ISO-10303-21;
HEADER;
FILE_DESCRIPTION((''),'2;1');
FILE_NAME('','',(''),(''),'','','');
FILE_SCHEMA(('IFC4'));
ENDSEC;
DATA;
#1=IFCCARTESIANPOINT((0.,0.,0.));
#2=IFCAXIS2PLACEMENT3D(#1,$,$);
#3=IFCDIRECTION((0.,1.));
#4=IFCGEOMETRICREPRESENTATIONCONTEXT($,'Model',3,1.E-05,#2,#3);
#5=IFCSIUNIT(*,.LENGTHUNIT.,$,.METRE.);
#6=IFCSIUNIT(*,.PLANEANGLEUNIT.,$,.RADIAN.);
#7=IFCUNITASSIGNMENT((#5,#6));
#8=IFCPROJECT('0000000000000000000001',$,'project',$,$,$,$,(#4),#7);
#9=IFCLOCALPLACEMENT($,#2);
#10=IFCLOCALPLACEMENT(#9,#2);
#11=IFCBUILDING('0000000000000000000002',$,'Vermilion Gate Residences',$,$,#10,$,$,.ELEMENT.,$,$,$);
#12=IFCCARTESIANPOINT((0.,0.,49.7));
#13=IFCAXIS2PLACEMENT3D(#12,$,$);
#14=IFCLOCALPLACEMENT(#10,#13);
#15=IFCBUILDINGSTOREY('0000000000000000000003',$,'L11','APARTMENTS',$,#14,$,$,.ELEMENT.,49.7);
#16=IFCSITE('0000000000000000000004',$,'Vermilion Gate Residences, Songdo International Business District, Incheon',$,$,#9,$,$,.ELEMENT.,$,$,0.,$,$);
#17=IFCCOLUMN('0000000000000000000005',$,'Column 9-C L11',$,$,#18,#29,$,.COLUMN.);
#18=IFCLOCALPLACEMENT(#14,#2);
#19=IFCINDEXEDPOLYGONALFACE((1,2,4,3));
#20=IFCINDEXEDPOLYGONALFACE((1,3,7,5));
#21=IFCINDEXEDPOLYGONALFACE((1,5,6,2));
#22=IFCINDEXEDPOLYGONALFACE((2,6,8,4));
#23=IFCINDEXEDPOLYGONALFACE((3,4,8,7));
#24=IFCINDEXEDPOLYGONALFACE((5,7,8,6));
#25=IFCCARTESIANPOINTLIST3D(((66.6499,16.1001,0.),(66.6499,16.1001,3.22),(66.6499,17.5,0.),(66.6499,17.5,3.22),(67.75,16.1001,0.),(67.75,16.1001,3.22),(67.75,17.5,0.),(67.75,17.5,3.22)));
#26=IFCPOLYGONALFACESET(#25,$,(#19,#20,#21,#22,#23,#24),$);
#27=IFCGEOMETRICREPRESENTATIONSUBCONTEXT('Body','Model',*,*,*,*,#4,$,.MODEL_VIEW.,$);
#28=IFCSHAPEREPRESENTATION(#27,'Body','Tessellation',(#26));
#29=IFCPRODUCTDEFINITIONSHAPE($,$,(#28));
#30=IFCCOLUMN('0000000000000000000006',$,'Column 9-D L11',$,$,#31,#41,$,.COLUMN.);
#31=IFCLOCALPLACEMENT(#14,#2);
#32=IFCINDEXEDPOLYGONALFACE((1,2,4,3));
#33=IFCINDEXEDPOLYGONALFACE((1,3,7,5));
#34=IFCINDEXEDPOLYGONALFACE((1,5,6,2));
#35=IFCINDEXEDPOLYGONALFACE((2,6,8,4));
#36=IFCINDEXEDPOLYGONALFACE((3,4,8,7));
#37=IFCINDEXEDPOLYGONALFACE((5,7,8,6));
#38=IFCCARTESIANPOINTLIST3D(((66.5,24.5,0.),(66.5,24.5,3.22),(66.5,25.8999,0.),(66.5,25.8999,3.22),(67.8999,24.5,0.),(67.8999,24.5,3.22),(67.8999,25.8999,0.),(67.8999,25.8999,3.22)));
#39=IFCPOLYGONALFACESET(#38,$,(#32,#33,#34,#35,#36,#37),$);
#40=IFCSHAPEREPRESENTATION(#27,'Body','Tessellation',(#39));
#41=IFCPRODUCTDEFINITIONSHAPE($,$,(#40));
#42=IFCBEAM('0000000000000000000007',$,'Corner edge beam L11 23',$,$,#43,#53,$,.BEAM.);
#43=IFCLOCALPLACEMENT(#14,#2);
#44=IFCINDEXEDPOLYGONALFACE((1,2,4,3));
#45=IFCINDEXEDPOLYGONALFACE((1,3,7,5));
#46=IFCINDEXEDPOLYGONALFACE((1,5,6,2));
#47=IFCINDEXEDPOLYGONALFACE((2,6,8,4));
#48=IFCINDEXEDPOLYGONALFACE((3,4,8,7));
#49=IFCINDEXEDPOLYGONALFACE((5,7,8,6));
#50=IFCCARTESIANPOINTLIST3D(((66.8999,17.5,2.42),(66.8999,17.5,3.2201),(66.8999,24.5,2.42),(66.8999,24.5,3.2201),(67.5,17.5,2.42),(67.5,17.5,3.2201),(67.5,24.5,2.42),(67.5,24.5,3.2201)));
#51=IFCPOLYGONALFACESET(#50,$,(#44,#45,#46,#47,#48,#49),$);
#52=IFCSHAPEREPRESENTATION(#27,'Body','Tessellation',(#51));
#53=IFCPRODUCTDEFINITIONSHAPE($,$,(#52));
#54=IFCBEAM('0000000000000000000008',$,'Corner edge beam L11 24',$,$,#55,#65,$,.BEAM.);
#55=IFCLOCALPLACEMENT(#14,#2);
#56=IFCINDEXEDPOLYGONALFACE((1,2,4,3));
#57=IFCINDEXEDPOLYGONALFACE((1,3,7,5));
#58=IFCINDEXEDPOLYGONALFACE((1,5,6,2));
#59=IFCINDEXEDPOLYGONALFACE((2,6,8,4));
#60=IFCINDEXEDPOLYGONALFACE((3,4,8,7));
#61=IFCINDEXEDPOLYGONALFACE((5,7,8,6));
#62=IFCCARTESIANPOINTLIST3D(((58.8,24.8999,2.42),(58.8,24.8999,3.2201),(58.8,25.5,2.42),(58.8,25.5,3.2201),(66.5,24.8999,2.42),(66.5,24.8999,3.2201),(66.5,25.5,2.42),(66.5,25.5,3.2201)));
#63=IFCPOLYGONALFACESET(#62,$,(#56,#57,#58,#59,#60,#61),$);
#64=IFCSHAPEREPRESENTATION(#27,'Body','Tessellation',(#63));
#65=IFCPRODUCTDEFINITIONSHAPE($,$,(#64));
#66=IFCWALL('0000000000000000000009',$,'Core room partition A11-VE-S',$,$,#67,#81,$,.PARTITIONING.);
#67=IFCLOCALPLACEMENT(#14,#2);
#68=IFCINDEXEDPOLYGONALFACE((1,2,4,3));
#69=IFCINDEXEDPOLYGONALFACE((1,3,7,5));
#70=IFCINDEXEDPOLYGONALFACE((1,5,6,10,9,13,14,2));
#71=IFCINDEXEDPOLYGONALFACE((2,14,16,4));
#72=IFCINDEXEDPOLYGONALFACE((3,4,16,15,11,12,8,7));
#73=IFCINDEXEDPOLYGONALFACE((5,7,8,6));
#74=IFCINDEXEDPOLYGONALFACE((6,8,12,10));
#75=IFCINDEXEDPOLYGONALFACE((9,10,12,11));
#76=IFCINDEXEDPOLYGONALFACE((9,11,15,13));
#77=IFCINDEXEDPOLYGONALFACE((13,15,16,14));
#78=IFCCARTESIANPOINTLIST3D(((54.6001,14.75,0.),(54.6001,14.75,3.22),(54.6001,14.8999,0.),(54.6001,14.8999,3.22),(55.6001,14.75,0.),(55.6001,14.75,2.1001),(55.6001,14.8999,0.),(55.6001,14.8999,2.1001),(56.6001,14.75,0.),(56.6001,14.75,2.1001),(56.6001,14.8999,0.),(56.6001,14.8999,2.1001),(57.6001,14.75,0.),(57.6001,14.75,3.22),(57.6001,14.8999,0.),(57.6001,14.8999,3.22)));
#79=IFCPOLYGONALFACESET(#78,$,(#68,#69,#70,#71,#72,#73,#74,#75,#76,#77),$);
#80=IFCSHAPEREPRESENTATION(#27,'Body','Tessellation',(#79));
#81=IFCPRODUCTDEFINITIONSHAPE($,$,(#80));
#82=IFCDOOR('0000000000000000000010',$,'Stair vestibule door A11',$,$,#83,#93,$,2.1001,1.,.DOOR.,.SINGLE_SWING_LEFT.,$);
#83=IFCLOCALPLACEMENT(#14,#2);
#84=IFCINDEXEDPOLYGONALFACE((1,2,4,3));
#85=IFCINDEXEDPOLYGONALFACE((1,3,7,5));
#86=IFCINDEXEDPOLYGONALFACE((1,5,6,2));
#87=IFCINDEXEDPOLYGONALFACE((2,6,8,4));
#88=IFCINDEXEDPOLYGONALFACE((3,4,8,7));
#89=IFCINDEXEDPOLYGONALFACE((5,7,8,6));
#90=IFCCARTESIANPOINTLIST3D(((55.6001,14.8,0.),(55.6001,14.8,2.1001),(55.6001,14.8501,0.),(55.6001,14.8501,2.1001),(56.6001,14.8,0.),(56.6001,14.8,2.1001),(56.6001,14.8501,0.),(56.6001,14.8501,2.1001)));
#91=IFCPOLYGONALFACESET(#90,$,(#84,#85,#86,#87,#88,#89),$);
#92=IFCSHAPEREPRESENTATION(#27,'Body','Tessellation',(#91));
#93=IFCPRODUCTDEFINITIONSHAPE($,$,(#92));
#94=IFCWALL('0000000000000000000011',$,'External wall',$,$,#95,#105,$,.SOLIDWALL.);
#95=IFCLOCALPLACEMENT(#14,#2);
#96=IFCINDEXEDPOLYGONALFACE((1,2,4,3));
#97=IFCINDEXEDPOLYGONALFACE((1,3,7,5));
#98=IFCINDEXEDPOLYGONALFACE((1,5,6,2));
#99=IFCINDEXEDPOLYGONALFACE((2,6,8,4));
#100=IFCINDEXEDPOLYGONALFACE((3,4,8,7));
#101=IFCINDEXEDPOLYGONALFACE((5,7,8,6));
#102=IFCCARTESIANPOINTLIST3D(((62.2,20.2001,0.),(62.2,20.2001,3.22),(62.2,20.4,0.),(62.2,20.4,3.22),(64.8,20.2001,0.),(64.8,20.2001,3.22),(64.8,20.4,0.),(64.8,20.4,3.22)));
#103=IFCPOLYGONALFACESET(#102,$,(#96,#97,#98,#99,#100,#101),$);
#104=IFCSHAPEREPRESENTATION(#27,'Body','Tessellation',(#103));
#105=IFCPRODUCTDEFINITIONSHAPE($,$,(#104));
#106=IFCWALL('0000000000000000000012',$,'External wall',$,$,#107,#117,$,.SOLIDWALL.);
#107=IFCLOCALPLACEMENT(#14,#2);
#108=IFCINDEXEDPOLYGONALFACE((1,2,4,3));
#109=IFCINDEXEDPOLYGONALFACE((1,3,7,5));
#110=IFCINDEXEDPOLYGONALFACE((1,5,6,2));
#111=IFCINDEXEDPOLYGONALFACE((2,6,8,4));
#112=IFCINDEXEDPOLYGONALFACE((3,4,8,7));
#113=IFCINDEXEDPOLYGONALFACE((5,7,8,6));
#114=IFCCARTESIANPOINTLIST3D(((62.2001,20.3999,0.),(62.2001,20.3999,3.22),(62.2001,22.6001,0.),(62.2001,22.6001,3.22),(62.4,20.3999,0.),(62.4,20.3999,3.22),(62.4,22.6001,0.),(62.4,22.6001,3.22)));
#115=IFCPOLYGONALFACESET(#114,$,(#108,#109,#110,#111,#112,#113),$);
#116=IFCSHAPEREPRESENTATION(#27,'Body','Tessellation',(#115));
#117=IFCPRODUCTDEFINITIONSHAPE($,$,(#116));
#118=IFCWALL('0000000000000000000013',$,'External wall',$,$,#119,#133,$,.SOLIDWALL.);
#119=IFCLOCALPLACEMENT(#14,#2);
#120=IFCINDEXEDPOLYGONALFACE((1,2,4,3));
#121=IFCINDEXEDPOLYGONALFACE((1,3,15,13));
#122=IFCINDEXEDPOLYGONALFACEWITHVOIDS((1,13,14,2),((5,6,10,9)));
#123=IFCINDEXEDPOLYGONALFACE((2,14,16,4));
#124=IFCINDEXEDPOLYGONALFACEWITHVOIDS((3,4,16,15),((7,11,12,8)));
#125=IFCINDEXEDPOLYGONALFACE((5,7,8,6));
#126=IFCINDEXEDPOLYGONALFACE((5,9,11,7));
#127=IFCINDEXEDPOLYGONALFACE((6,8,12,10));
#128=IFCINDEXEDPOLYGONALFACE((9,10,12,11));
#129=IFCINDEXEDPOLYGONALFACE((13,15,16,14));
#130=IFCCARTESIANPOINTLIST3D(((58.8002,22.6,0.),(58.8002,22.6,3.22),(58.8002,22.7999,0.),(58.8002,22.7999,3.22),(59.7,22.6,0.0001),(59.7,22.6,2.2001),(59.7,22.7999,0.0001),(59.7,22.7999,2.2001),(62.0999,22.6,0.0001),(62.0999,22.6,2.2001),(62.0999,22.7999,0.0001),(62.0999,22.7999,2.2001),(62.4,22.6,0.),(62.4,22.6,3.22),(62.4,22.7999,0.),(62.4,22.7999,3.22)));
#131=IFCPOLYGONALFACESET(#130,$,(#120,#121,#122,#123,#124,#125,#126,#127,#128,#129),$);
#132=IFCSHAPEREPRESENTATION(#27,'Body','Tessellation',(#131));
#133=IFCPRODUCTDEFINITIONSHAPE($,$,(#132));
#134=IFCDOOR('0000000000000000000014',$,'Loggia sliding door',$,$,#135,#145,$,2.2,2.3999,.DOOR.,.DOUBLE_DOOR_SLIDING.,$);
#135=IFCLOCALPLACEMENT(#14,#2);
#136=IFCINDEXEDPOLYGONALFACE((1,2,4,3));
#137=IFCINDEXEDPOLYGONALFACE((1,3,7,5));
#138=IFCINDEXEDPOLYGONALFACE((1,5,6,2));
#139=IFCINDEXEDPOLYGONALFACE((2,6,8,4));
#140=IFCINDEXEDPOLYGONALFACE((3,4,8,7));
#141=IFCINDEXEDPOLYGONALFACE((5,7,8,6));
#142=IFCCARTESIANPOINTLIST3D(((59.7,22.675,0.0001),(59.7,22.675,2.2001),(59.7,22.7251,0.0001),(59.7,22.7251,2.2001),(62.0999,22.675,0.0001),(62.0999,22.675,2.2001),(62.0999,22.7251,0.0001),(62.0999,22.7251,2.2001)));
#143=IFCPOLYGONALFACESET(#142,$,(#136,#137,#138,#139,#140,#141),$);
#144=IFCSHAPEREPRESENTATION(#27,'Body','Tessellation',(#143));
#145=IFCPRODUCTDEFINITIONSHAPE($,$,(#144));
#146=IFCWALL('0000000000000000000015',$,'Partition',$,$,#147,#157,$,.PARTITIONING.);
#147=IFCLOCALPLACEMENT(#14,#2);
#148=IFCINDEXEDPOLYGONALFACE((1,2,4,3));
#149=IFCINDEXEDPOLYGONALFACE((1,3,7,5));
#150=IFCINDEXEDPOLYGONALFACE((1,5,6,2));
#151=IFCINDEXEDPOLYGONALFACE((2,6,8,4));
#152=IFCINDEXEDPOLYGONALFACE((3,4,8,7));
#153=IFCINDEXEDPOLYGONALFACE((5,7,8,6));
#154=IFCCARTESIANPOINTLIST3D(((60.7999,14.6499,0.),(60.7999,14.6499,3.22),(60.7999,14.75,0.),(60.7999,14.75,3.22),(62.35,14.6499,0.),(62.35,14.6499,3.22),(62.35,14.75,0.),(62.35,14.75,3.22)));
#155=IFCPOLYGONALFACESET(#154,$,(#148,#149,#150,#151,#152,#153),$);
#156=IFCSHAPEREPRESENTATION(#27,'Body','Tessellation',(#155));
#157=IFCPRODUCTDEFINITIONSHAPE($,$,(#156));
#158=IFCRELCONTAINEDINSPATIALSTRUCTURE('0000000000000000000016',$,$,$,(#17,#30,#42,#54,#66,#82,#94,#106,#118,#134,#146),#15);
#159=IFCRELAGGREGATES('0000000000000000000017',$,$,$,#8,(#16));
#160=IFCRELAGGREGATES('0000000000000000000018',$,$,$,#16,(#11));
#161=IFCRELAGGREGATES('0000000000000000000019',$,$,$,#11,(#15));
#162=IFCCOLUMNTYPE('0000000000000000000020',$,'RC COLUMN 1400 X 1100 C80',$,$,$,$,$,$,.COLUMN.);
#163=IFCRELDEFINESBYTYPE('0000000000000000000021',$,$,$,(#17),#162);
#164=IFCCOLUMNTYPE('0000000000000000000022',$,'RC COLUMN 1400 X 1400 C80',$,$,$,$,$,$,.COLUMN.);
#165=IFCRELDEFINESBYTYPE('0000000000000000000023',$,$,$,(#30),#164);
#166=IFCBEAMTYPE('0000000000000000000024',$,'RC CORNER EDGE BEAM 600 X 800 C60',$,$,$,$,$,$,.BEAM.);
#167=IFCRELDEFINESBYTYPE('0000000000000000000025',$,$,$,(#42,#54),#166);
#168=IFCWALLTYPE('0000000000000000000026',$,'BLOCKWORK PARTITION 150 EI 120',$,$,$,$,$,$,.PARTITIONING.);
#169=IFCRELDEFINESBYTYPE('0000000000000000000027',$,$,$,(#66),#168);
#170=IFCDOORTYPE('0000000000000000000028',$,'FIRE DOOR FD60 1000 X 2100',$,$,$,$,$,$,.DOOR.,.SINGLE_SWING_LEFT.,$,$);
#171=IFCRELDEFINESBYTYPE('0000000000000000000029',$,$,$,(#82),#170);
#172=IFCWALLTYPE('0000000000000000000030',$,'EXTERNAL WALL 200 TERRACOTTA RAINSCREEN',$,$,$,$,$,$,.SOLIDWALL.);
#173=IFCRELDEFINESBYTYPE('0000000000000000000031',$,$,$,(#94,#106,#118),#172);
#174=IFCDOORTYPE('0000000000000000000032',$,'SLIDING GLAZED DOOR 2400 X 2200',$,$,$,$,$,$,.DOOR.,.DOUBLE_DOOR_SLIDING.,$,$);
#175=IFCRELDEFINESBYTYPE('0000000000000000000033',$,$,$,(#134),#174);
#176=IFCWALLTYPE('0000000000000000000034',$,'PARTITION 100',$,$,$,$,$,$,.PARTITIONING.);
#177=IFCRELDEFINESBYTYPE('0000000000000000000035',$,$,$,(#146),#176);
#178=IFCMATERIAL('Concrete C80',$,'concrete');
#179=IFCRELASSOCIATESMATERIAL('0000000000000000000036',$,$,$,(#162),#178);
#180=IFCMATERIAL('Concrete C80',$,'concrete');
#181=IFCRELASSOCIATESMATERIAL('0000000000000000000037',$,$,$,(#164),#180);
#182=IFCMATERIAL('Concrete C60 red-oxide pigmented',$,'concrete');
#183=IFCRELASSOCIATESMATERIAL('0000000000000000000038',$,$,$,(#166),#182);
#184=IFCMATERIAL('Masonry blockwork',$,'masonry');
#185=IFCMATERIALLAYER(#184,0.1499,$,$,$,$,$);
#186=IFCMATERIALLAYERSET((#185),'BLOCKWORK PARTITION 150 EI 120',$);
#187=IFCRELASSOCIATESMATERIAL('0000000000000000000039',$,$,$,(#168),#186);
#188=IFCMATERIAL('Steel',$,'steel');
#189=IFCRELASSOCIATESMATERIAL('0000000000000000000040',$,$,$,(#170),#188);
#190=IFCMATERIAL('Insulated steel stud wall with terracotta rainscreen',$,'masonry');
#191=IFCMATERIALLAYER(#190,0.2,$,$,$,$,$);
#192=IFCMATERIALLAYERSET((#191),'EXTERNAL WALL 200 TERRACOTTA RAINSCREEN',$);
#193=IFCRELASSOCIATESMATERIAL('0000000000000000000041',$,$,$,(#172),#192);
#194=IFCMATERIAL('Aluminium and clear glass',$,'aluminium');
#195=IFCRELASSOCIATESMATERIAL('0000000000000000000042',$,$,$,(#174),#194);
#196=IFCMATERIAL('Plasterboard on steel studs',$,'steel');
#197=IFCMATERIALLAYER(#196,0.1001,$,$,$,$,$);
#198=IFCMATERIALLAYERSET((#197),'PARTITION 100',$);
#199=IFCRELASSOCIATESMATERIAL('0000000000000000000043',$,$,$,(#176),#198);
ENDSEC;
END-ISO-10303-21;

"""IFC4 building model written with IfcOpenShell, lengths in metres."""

from ifc_helpers import new_model, si_unit, direction, frame, frame_2d, origin, origin_2d, place, context, subcontext, project, spatial, rectangle, extrude, material, layer, layer_set, material_profile, profile_set, type_object, element, fill, save


model = new_model("IFC4")

# Units and contexts
model_context = context("Model", 3, precision=1e-05, world=origin(), true_north=direction((0.0, 1.0)))
body_context = subcontext(model_context, "Body", "Model", "MODEL_VIEW")
ifc_project = project(units=[si_unit("LENGTHUNIT", "METRE"), si_unit("PLANEANGLEUNIT", "RADIAN")], contexts=[model_context])

# Site, building, storey
site_placement = place(None, origin())
site = spatial("IfcSite", under=ifc_project, at=site_placement, Name="Vermilion Gate Residences, Songdo International Business District, Incheon", CompositionType="ELEMENT", RefElevation=0.0)
building_placement = place(site_placement, origin())
building = spatial("IfcBuilding", under=site, at=building_placement, Name="Vermilion Gate Residences", CompositionType="ELEMENT")
storey_placement = place(building_placement, frame((0.0, 0.0, 49.7)))
storey = spatial("IfcBuildingStorey", under=building, at=storey_placement, Name="L11", Description="APARTMENTS", CompositionType="ELEMENT", Elevation=49.7)

# Columns
ifc_material_1 = material(Name="Concrete C80", Category="concrete")
ifc_material_profile_1 = material_profile(ifc_material_1, rectangle(XDim=1.3999, YDim=1.1001, at=origin_2d()), Name="RC-1400x1100")
ifc_profile_set_1 = profile_set([ifc_material_profile_1], Name="Concrete C80")
column_type_1 = type_object("IfcColumnType", Name="RC COLUMN 1400 X 1100 C80", PredefinedType="COLUMN", material=ifc_profile_set_1)
column_1_placement = place(storey_placement, frame((67.2, 16.8, 0.0), z_axis=(0.0, 0.0, 1.0), x_axis=(0.0, 1.0, 0.0)))
element("IfcColumn", 1, at=column_1_placement, inside=storey, type_object=column_type_1, Name="Column 9-C L11", PredefinedType="COLUMN", context=body_context, shape_type="SweptSolid", body=[
    extrude(rectangle(XDim=1.3999, YDim=1.1001, at=origin_2d()), origin(), (0.0, 0.0, 1.0), 3.22),
])
ifc_material_2 = material(Name="Concrete C80", Category="concrete")
ifc_material_profile_2 = material_profile(ifc_material_2, rectangle(XDim=1.3999, YDim=1.3999, at=origin_2d()), Name="RC-1400x1400")
ifc_profile_set_2 = profile_set([ifc_material_profile_2], Name="Concrete C80")
column_type_2 = type_object("IfcColumnType", Name="RC COLUMN 1400 X 1400 C80", PredefinedType="COLUMN", material=ifc_profile_set_2)
column_2_placement = place(storey_placement, frame((67.2, 25.2, 0.0), z_axis=(0.0, 0.0, 1.0), x_axis=(1.0, 0.0, 0.0)))
element("IfcColumn", 2, at=column_2_placement, inside=storey, type_object=column_type_2, Name="Column 9-D L11", PredefinedType="COLUMN", context=body_context, shape_type="SweptSolid", body=[
    extrude(rectangle(XDim=1.3999, YDim=1.3999, at=origin_2d()), origin(), (0.0, 0.0, 1.0), 3.22),
])

# Beams
ifc_material_3 = material(Name="Concrete C60 red-oxide pigmented", Category="concrete")
ifc_material_profile_3 = material_profile(ifc_material_3, rectangle(XDim=0.6001, YDim=0.8, at=origin_2d()), Name="RC-600x800")
ifc_profile_set_3 = profile_set([ifc_material_profile_3], Name="Concrete C60 red-oxide pigmented")
beam_type = type_object("IfcBeamType", Name="RC CORNER EDGE BEAM 600 X 800 C60", PredefinedType="BEAM", material=ifc_profile_set_3)
beam_1_placement = place(storey_placement, frame((67.2, 17.5, 2.8201), z_axis=(0.0, 1.0, 0.0), x_axis=(-1.0, 0.0, 0.0)))
element("IfcBeam", 3, at=beam_1_placement, inside=storey, type_object=beam_type, Name="Corner edge beam L11 23", PredefinedType="BEAM", context=body_context, shape_type="SweptSolid", body=[
    extrude(rectangle(XDim=0.6001, YDim=0.8, at=origin_2d()), origin(), (0.0, 0.0, 1.0), 7.0),
])
beam_2_placement = place(storey_placement, frame((58.8, 25.2, 2.8201), z_axis=(1.0, 0.0, 0.0), x_axis=(0.0, 1.0, 0.0)))
element("IfcBeam", 4, at=beam_2_placement, inside=storey, type_object=beam_type, Name="Corner edge beam L11 24", PredefinedType="BEAM", context=body_context, shape_type="SweptSolid", body=[
    extrude(rectangle(XDim=0.6001, YDim=0.8, at=origin_2d()), origin(), (0.0, 0.0, 1.0), 7.7),
])

# Wall, opening, door
ifc_material_4 = material(Name="Masonry blockwork", Category="masonry")
ifc_layer_1 = layer(ifc_material_4, 0.1499)
ifc_layer_set_1 = layer_set([ifc_layer_1], Name="BLOCKWORK PARTITION 150 EI 120")
wall_type_1 = type_object("IfcWallType", Name="BLOCKWORK PARTITION 150 EI 120", PredefinedType="PARTITIONING", material=ifc_layer_set_1)
wall_1_placement = place(storey_placement, frame((54.6001, 14.825, 0.0), z_axis=(0.0, 0.0, 1.0), x_axis=(1.0, 0.0, 0.0)))
wall_1 = element("IfcWall", 5, at=wall_1_placement, inside=storey, type_object=wall_type_1, Name="Core room partition A11-VE-S", PredefinedType="PARTITIONING", context=body_context, shape_type="SweptSolid", body=[
    extrude(rectangle(XDim=3.0, YDim=0.1499, at=frame_2d((1.5, 0.0))), origin(), (0.0, 0.0, 1.0), 3.22),
])
opening_1_placement = place(wall_1_placement, frame((1.0, 0.0, 0.0)))
opening_1 = element("IfcOpeningElement", 6, at=opening_1_placement, cuts=wall_1, PredefinedType="OPENING", context=body_context, shape_type="SweptSolid", body=[
    extrude(rectangle(XDim=1.0, YDim=2.1001, at=frame_2d((0.5, 1.05))), frame((0.0, 0.085, 0.0), z_axis=(0.0, -1.0, 0.0), x_axis=(1.0, 0.0, 0.0)), (0.0, 0.0, 1.0), 0.1699),
])
ifc_material_5 = material(Name="Steel", Category="steel")
door_type_1 = type_object("IfcDoorType", Name="FIRE DOOR FD60 1000 X 2100", OperationType="SINGLE_SWING_LEFT", PredefinedType="DOOR", material=ifc_material_5)
door_1_placement = place(opening_1_placement, frame((1.0, 0.0, 0.0), z_axis=(0.0, 0.0, 1.0), x_axis=(-1.0, 0.0, 0.0)))
door_1 = element("IfcDoor", 7, at=door_1_placement, inside=storey, type_object=door_type_1, Name="Stair vestibule door A11", OperationType="SINGLE_SWING_LEFT", OverallHeight=2.1001, OverallWidth=1.0, PredefinedType="DOOR", context=body_context, shape_type="SweptSolid", body=[
    extrude(rectangle(XDim=1.0, YDim=2.1001, at=frame_2d((0.5, 1.05))), frame((0.0, 0.0249, 0.0), z_axis=(0.0, -1.0, 0.0), x_axis=(1.0, 0.0, 0.0)), (0.0, 0.0, 1.0), 0.05),
])
fill(opening_1, door_1)

# Walls
ifc_material_6 = material(Name="Insulated steel stud wall with terracotta rainscreen", Category="masonry")
ifc_layer_2 = layer(ifc_material_6, 0.2)
ifc_layer_set_2 = layer_set([ifc_layer_2], Name="EXTERNAL WALL 200 TERRACOTTA RAINSCREEN")
wall_type_2 = type_object("IfcWallType", Name="EXTERNAL WALL 200 TERRACOTTA RAINSCREEN", PredefinedType="SOLIDWALL", material=ifc_layer_set_2)
wall_2_placement = place(storey_placement, frame((64.8, 20.3, 0.0), z_axis=(0.0, 0.0, 1.0), x_axis=(-1.0, 0.0, 0.0)))
element("IfcWall", 8, at=wall_2_placement, inside=storey, type_object=wall_type_2, Name="External wall", PredefinedType="SOLIDWALL", context=body_context, shape_type="SweptSolid", body=[
    extrude(rectangle(XDim=2.6001, YDim=0.2, at=frame_2d((1.3, 0.0))), origin(), (0.0, 0.0, 1.0), 3.22),
])
wall_3_placement = place(storey_placement, frame((62.3, 20.3999, 0.0), z_axis=(0.0, 0.0, 1.0), x_axis=(0.0, 1.0, 0.0)))
element("IfcWall", 9, at=wall_3_placement, inside=storey, type_object=wall_type_2, Name="External wall", PredefinedType="SOLIDWALL", context=body_context, shape_type="SweptSolid", body=[
    extrude(rectangle(XDim=2.2002, YDim=0.2, at=frame_2d((1.1001, 0.0))), origin(), (0.0, 0.0, 1.0), 3.22),
])

# Wall, opening, door
wall_4_placement = place(storey_placement, frame((62.3999, 22.7, 0.0), z_axis=(0.0, 0.0, 1.0), x_axis=(-1.0, 0.0, 0.0)))
wall_4 = element("IfcWall", 10, at=wall_4_placement, inside=storey, type_object=wall_type_2, Name="External wall", PredefinedType="SOLIDWALL", context=body_context, shape_type="SweptSolid", body=[
    extrude(rectangle(XDim=3.5999, YDim=0.2, at=frame_2d((1.7998, 0.0))), origin(), (0.0, 0.0, 1.0), 3.22),
])
opening_2_placement = place(wall_4_placement, frame((0.3, 0.0, 0.0)))
opening_2 = element("IfcOpeningElement", 11, at=opening_2_placement, cuts=wall_4, PredefinedType="OPENING", context=body_context, shape_type="SweptSolid", body=[
    extrude(rectangle(XDim=2.3999, YDim=2.2, at=frame_2d((1.2, 1.1001))), frame((0.0, 0.1099, 0.0), z_axis=(0.0, -1.0, 0.0), x_axis=(1.0, 0.0, 0.0)), (0.0, 0.0, 1.0), 0.22),
])
ifc_material_7 = material(Name="Aluminium and clear glass", Category="aluminium")
door_type_2 = type_object("IfcDoorType", Name="SLIDING GLAZED DOOR 2400 X 2200", OperationType="DOUBLE_DOOR_SLIDING", PredefinedType="DOOR", material=ifc_material_7)
door_2_placement = place(opening_2_placement, origin())
door_2 = element("IfcDoor", 12, at=door_2_placement, inside=storey, type_object=door_type_2, Name="Loggia sliding door", OperationType="DOUBLE_DOOR_SLIDING", OverallHeight=2.2, OverallWidth=2.3999, PredefinedType="DOOR", context=body_context, shape_type="SweptSolid", body=[
    extrude(rectangle(XDim=2.3999, YDim=2.2, at=frame_2d((1.2, 1.1001))), frame((0.0, 0.0249, 0.0), z_axis=(0.0, -1.0, 0.0), x_axis=(1.0, 0.0, 0.0)), (0.0, 0.0, 1.0), 0.05),
])
fill(opening_2, door_2)

# Wall
ifc_material_8 = material(Name="Plasterboard on steel studs", Category="steel")
ifc_layer_3 = layer(ifc_material_8, 0.1001)
ifc_layer_set_3 = layer_set([ifc_layer_3], Name="PARTITION 100")
wall_type_3 = type_object("IfcWallType", Name="PARTITION 100", PredefinedType="PARTITIONING", material=ifc_layer_set_3)
wall_5_placement = place(storey_placement, frame((60.8, 14.7, 0.0), z_axis=(0.0, 0.0, 1.0), x_axis=(1.0, 0.0, 0.0)))
element("IfcWall", 13, at=wall_5_placement, inside=storey, type_object=wall_type_3, Name="Partition", PredefinedType="PARTITIONING", context=body_context, shape_type="SweptSolid", body=[
    extrude(rectangle(XDim=1.55, YDim=0.1001, at=frame_2d((0.7749, 0.0))), origin(), (0.0, 0.0, 1.0), 3.22),
])

save(model, "model.ifc")
